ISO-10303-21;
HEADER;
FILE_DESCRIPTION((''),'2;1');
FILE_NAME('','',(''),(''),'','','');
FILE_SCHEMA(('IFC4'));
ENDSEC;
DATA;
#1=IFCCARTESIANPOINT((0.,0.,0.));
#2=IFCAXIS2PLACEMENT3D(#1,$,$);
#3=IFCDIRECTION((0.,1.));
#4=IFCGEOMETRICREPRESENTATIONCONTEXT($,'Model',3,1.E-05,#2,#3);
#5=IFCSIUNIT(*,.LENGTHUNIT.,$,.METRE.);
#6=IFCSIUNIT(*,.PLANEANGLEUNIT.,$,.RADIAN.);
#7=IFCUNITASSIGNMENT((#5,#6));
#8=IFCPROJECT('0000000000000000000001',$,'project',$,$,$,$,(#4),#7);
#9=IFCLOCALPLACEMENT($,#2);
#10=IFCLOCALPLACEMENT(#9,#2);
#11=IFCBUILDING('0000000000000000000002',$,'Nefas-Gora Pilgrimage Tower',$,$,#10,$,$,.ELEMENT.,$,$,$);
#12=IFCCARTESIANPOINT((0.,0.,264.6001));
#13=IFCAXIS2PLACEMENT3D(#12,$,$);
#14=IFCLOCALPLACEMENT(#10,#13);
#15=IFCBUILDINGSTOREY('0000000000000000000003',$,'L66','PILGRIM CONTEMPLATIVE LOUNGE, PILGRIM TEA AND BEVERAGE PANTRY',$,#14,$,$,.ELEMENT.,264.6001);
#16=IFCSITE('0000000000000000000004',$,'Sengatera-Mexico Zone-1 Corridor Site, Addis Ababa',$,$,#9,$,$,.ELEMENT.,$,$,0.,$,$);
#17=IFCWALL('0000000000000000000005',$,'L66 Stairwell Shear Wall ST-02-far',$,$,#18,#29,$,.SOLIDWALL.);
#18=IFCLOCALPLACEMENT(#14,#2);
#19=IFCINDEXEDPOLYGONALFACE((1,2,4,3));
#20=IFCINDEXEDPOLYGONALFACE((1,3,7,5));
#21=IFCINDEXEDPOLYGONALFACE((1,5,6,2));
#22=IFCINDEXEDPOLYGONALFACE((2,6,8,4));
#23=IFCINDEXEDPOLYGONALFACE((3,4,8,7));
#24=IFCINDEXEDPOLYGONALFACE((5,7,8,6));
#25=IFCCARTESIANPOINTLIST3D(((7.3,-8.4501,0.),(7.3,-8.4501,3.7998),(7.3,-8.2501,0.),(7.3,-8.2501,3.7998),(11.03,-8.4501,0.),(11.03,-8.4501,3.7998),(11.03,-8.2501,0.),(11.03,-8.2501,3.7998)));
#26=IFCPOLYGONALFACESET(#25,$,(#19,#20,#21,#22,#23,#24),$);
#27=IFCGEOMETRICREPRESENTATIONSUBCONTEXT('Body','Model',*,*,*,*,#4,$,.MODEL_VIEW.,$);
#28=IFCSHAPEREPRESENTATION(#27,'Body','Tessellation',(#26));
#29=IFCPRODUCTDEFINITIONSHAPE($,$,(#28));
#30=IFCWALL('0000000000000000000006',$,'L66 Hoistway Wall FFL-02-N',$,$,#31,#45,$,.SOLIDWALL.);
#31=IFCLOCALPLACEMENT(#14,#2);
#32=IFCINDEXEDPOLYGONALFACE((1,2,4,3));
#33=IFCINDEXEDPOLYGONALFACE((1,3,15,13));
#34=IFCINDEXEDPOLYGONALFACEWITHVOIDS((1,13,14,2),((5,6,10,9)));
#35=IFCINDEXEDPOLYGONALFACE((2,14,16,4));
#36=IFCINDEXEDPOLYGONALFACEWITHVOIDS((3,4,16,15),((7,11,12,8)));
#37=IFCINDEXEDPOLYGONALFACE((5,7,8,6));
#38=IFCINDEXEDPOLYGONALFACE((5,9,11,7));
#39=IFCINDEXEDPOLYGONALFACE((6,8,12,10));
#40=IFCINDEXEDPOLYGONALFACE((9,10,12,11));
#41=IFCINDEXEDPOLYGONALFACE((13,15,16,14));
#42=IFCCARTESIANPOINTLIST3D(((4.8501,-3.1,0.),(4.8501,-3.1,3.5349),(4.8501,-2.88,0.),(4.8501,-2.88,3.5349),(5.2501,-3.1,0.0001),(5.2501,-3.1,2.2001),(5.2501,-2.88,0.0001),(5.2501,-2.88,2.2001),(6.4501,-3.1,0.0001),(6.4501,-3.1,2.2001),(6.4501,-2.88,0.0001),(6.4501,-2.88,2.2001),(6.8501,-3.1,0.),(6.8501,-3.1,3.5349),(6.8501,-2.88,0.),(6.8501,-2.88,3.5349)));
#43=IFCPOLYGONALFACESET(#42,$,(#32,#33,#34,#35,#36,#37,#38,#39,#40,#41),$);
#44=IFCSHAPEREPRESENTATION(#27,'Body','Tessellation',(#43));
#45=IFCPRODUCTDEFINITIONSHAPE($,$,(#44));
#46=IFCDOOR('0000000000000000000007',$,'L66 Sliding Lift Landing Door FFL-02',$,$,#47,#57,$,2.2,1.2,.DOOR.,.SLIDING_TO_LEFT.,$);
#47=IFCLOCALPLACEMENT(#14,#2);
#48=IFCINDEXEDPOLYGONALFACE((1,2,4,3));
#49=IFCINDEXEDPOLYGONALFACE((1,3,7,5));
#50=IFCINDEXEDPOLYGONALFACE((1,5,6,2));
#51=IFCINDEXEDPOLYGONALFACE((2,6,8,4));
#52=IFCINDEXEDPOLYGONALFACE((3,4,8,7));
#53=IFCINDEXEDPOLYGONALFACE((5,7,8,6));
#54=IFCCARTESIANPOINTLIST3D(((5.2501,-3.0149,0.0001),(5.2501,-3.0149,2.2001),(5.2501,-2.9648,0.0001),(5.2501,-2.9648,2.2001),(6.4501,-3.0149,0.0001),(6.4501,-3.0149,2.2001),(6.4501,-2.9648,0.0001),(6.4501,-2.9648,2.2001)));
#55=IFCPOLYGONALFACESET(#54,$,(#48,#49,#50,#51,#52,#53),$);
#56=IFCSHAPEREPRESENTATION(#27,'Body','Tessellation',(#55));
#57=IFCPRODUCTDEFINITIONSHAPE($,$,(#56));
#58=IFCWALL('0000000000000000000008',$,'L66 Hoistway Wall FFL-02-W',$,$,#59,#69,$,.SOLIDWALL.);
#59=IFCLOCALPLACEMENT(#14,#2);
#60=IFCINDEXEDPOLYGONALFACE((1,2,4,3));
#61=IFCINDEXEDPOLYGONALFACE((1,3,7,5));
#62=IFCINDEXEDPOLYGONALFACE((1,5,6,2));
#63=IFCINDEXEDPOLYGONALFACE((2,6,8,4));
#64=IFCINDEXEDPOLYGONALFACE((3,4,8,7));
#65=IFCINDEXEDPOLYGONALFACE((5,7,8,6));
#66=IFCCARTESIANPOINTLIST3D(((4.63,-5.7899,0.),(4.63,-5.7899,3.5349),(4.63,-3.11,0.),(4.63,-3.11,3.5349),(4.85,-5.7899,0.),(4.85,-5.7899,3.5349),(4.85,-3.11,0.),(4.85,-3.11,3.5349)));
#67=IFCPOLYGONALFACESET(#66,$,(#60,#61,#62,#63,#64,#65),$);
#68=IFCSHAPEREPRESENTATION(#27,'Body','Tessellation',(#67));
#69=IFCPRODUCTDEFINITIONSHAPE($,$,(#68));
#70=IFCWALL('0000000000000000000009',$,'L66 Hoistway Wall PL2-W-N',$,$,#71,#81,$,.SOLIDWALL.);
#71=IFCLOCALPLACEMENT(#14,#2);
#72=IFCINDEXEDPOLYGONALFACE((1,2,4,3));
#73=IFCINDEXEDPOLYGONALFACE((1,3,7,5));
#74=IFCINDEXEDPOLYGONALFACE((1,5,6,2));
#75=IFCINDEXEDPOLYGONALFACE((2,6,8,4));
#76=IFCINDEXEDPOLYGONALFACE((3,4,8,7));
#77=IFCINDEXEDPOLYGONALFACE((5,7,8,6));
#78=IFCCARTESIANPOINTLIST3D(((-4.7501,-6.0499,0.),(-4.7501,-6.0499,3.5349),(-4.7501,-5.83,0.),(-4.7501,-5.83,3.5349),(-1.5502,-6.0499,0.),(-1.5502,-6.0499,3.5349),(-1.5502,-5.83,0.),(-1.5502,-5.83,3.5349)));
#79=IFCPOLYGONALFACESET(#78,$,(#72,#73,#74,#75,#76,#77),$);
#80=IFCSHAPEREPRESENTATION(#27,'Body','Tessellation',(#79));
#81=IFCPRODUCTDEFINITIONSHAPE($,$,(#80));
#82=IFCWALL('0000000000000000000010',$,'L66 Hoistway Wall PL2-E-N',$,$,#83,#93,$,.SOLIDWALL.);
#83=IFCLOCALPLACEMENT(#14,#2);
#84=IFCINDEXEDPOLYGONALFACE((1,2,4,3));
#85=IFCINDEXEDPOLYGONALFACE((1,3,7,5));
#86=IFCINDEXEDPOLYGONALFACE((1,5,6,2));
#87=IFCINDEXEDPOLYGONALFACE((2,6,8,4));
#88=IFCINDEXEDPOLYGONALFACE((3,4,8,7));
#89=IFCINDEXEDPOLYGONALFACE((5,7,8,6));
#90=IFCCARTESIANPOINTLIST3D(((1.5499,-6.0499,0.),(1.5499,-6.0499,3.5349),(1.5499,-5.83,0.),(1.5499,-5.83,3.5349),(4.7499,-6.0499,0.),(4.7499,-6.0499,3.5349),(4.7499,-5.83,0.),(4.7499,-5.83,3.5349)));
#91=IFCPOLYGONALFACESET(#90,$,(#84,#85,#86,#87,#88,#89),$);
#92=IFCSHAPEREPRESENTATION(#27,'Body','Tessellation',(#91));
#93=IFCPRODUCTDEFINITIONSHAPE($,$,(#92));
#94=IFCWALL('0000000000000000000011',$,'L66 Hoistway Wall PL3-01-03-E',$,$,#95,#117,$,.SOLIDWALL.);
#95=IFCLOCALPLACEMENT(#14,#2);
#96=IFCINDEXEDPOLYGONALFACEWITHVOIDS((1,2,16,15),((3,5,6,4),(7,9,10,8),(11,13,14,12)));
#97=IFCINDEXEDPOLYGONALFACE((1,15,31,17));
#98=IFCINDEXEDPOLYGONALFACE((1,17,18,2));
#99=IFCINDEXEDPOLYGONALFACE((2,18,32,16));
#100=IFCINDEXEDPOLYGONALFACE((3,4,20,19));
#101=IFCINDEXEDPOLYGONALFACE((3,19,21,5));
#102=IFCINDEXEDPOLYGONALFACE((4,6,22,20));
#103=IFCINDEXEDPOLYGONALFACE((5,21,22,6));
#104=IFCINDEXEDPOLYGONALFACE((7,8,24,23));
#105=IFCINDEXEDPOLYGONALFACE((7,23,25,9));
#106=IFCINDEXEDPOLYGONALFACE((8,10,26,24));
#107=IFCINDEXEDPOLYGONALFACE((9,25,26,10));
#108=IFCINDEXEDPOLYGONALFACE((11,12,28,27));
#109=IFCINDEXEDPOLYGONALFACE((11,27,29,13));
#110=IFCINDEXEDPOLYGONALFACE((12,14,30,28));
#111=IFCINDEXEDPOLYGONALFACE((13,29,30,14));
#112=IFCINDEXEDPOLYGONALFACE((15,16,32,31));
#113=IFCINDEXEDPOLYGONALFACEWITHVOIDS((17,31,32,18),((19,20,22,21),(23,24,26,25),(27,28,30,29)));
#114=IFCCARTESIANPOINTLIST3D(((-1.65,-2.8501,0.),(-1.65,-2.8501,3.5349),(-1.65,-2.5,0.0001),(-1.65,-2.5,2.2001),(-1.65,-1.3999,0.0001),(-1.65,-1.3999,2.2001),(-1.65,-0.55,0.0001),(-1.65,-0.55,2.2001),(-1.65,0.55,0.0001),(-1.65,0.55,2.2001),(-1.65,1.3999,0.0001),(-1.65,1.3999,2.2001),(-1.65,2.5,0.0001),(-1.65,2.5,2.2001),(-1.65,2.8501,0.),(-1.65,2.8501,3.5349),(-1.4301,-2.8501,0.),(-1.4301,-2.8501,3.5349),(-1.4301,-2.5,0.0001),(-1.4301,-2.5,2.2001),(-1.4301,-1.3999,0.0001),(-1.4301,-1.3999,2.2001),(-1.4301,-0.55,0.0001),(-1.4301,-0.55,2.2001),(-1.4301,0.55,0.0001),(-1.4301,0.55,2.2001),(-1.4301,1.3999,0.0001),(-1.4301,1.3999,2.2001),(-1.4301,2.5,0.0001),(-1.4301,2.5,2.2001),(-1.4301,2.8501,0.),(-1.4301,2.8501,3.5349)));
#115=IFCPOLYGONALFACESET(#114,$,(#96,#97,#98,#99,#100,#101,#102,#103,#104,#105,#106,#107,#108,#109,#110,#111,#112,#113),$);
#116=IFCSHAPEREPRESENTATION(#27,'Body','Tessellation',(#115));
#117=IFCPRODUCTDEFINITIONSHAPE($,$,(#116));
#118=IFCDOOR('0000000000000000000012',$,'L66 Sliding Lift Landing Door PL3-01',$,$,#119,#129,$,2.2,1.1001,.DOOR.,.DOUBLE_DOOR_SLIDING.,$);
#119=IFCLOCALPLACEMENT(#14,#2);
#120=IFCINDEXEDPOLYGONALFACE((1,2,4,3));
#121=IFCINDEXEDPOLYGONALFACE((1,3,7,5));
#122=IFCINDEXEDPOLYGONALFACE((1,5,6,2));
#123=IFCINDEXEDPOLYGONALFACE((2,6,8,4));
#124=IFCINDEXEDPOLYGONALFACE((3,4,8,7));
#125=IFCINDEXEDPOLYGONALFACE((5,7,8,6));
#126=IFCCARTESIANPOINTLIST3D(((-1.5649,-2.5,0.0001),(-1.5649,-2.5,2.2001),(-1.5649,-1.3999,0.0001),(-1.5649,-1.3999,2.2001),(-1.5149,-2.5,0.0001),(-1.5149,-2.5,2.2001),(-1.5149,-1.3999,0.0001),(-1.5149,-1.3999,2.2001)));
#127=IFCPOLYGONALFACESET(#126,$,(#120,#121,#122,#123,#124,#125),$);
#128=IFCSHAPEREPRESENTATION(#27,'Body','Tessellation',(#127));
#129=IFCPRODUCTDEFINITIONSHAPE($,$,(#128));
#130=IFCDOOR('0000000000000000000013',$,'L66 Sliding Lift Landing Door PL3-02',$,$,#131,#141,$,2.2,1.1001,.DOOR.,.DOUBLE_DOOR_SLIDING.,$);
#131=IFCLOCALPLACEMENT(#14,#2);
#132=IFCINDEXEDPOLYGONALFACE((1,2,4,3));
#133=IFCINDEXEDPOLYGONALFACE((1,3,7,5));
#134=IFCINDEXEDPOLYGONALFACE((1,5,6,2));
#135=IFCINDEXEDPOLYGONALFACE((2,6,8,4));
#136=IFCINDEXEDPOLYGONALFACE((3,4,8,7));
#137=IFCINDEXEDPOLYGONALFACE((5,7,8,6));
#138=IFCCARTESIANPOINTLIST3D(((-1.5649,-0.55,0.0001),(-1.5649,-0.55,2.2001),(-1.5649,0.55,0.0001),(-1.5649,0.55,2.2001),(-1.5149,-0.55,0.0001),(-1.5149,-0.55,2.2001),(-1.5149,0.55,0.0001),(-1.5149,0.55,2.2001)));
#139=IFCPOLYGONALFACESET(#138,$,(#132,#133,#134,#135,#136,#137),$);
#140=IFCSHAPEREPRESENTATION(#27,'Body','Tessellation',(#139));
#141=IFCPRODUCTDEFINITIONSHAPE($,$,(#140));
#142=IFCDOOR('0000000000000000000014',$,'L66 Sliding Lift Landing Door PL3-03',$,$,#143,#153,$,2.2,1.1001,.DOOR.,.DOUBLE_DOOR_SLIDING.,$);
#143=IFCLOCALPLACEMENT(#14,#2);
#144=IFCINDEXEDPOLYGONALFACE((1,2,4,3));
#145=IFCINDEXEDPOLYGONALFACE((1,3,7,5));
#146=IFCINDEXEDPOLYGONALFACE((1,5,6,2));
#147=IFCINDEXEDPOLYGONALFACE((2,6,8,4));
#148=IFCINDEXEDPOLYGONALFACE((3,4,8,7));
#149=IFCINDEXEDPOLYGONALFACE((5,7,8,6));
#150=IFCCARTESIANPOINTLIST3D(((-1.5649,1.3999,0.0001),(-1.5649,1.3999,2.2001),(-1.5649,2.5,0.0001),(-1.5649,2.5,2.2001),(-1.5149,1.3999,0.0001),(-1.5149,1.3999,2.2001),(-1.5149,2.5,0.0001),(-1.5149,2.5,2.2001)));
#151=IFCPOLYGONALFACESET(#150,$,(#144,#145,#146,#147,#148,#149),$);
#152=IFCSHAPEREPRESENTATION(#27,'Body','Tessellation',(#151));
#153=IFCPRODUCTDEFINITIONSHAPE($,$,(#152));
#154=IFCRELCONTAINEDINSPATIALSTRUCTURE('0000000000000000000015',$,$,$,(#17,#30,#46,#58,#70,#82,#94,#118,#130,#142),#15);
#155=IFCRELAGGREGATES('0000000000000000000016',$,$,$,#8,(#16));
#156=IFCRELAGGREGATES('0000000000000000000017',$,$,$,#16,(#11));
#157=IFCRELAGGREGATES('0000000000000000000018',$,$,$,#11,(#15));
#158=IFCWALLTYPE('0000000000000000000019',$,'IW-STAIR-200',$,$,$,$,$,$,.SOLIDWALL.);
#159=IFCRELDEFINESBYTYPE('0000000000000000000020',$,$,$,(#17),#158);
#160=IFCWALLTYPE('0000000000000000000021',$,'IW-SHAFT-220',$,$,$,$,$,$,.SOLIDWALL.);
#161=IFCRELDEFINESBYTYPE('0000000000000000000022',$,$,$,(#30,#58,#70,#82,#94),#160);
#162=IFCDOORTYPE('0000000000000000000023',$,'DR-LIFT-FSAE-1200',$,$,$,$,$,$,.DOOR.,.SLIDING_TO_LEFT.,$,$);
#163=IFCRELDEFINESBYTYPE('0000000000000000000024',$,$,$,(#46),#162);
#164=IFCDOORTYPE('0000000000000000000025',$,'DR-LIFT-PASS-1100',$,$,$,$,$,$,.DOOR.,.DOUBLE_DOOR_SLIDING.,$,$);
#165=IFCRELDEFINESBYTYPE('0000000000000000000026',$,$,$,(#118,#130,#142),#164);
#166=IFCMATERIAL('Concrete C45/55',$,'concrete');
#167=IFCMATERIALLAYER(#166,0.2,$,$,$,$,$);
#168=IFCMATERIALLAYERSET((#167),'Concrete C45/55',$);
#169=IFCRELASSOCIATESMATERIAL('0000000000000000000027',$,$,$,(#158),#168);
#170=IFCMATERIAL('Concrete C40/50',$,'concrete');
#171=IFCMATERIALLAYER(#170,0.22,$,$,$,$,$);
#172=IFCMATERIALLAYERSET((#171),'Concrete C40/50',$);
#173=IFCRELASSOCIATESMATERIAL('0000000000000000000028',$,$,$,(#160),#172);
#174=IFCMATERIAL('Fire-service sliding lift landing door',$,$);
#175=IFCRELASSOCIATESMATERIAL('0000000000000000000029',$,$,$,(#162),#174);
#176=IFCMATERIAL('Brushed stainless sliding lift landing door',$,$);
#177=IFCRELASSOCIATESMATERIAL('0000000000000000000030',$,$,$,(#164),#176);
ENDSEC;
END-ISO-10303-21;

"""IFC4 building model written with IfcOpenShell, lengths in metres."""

from ifc_helpers import new_model, si_unit, direction, frame, frame_2d, origin, place, context, subcontext, project, spatial, rectangle, extrude, source, transform, mapped, material, layer, layer_set, type_object, element, fill, save


model = new_model("IFC4")

# Units and contexts
model_context = context("Model", 3, precision=1e-05, world=origin(), true_north=direction((0.0, 1.0)))
body_context = subcontext(model_context, "Body", "Model", "MODEL_VIEW")
ifc_project = project(units=[si_unit("LENGTHUNIT", "METRE"), si_unit("PLANEANGLEUNIT", "RADIAN")], contexts=[model_context])

# Site, building, storey
site_placement = place(None, origin())
site = spatial("IfcSite", under=ifc_project, at=site_placement, Name="Sengatera-Mexico Zone-1 Corridor Site, Addis Ababa", CompositionType="ELEMENT", RefElevation=0.0)
building_placement = place(site_placement, origin())
building = spatial("IfcBuilding", under=site, at=building_placement, Name="Nefas-Gora Pilgrimage Tower", CompositionType="ELEMENT")
storey_placement = place(building_placement, frame((0.0, 0.0, 264.6001)))
storey = spatial("IfcBuildingStorey", under=building, at=storey_placement, Name="L66", Description="PILGRIM CONTEMPLATIVE LOUNGE, PILGRIM TEA AND BEVERAGE PANTRY", CompositionType="ELEMENT", Elevation=264.6001)

# Shared definitions
ifc_material_1 = material(Name="Concrete C40/50", Category="concrete")
ifc_material_2 = material(Name="Concrete C45/55", Category="concrete")

# Shared definitions
ifc_layer_1 = layer(ifc_material_2, 0.2)
ifc_layer_set_1 = layer_set([ifc_layer_1], Name="Concrete C45/55")
wall_type_1 = type_object("IfcWallType", Name="IW-STAIR-200", PredefinedType="SOLIDWALL", material=ifc_layer_set_1)

# Wall
shared_shape_1 = source(origin(), body_context, "Body", "SweptSolid", [
    extrude(rectangle(XDim=3.73, YDim=0.2, at=frame_2d((1.865, 0.0))), origin(), (0.0, 0.0, 1.0), 3.7998),
])
wall_1_placement = place(storey_placement, frame((7.3, -8.3501, 0.0), z_axis=(0.0, 0.0, 1.0), x_axis=(1.0, 0.0, 0.0)))
element("IfcWall", 1, at=wall_1_placement, inside=storey, type_object=wall_type_1, Name="L66 Stairwell Shear Wall ST-02-far", PredefinedType="SOLIDWALL", context=body_context, shape_type="MappedRepresentation", body=[
    mapped(shared_shape_1, transform((0.0, 0.0, 0.0), x_axis=(1.0, 0.0, 0.0), y_axis=(0.0, 1.0, 0.0), z_axis=(0.0, 0.0, 1.0), scale=1.0)),
])

# Wall, opening, door
ifc_layer_2 = layer(ifc_material_1, 0.22)
ifc_layer_set_2 = layer_set([ifc_layer_2], Name="Concrete C40/50")
wall_type_2 = type_object("IfcWallType", Name="IW-SHAFT-220", PredefinedType="SOLIDWALL", material=ifc_layer_set_2)
shared_shape_2 = source(origin(), body_context, "Body", "SweptSolid", [
    extrude(rectangle(XDim=2.0, YDim=0.22, at=frame_2d((1.0, 0.0))), origin(), (0.0, 0.0, 1.0), 3.5349),
])
wall_2_placement = place(storey_placement, frame((6.8501, -2.99, 0.0), z_axis=(0.0, 0.0, 1.0), x_axis=(-1.0, 0.0, 0.0)))
wall_2 = element("IfcWall", 2, at=wall_2_placement, inside=storey, type_object=wall_type_2, Name="L66 Hoistway Wall FFL-02-N", PredefinedType="SOLIDWALL", context=body_context, shape_type="MappedRepresentation", body=[
    mapped(shared_shape_2, transform((0.0, 0.0, 0.0), x_axis=(1.0, 0.0, 0.0), y_axis=(0.0, 1.0, 0.0), z_axis=(0.0, 0.0, 1.0), scale=1.0)),
])
opening_1_placement = place(wall_2_placement, frame((0.3999, 0.0, 0.0)))
opening_1 = element("IfcOpeningElement", 3, at=opening_1_placement, cuts=wall_2, PredefinedType="OPENING", context=body_context, shape_type="SweptSolid", body=[
    extrude(rectangle(XDim=1.2, YDim=2.2, at=frame_2d((0.6001, 1.1001))), frame((0.0, 0.1199, 0.0), z_axis=(0.0, -1.0, 0.0), x_axis=(1.0, 0.0, 0.0)), (0.0, 0.0, 1.0), 0.24),
])
ifc_material_3 = material(Name="Fire-service sliding lift landing door")
door_type_1 = type_object("IfcDoorType", Name="DR-LIFT-FSAE-1200", OperationType="SLIDING_TO_LEFT", PredefinedType="DOOR", material=ifc_material_3)
shared_shape_3 = source(origin(), body_context, "Body", "SweptSolid", [
    extrude(rectangle(XDim=1.2, YDim=2.2, at=frame_2d((0.6001, 1.1001))), frame((0.0, 0.0249, 0.0), z_axis=(0.0, -1.0, 0.0), x_axis=(1.0, 0.0, 0.0)), (0.0, 0.0, 1.0), 0.05),
])
door_1_placement = place(opening_1_placement, origin())
door_1 = element("IfcDoor", 4, at=door_1_placement, inside=storey, type_object=door_type_1, Name="L66 Sliding Lift Landing Door FFL-02", OperationType="SLIDING_TO_LEFT", OverallHeight=2.2, OverallWidth=1.2, PredefinedType="DOOR", context=body_context, shape_type="MappedRepresentation", body=[
    mapped(shared_shape_3, transform((0.0, 0.0, 0.0), x_axis=(1.0, 0.0, 0.0), y_axis=(0.0, 1.0, 0.0), z_axis=(0.0, 0.0, 1.0), scale=1.0)),
])
fill(opening_1, door_1)

# Walls
shared_shape_4 = source(origin(), body_context, "Body", "SweptSolid", [
    extrude(rectangle(XDim=2.6799, YDim=0.22, at=frame_2d((1.3398, 0.0))), origin(), (0.0, 0.0, 1.0), 3.5349),
])
wall_3_placement = place(storey_placement, frame((4.74, -3.1101, 0.0), z_axis=(0.0, 0.0, 1.0), x_axis=(0.0, -1.0, 0.0)))
element("IfcWall", 5, at=wall_3_placement, inside=storey, type_object=wall_type_2, Name="L66 Hoistway Wall FFL-02-W", PredefinedType="SOLIDWALL", context=body_context, shape_type="MappedRepresentation", body=[
    mapped(shared_shape_4, transform((0.0, 0.0, 0.0), x_axis=(1.0, 0.0, 0.0), y_axis=(0.0, 1.0, 0.0), z_axis=(0.0, 0.0, 1.0), scale=1.0)),
])
shared_shape_5 = source(origin(), body_context, "Body", "SweptSolid", [
    extrude(rectangle(XDim=3.2, YDim=0.22, at=frame_2d((1.6001, 0.0))), origin(), (0.0, 0.0, 1.0), 3.5349),
])
for number, where, z_axis, x_axis, name in (
    (6, (-1.55, -5.9399, 0.0), (0.0, 0.0, 1.0), (-1.0, 0.0, 0.0), "L66 Hoistway Wall PL2-W-N"),
    (7, (4.75, -5.9399, 0.0), (0.0, 0.0, 1.0), (-1.0, 0.0, 0.0), "L66 Hoistway Wall PL2-E-N"),
):
    element("IfcWall", number, at=place(storey_placement, frame(where, z_axis=z_axis, x_axis=x_axis)), inside=storey, type_object=wall_type_2, Name=name, PredefinedType="SOLIDWALL", context=body_context, shape_type="MappedRepresentation", body=[
        mapped(shared_shape_5, transform((0.0, 0.0, 0.0), x_axis=(1.0, 0.0, 0.0), y_axis=(0.0, 1.0, 0.0), z_axis=(0.0, 0.0, 1.0), scale=1.0)),
    ])

# Wall, openings, doors
shared_shape_6 = source(origin(), body_context, "Body", "SweptSolid", [
    extrude(rectangle(XDim=5.7002, YDim=0.22, at=frame_2d((2.8501, 0.0))), origin(), (0.0, 0.0, 1.0), 3.5349),
])
wall_4_placement = place(storey_placement, frame((-1.54, -2.8501, 0.0), z_axis=(0.0, 0.0, 1.0), x_axis=(0.0, 1.0, 0.0)))
wall_4 = element("IfcWall", 8, at=wall_4_placement, inside=storey, type_object=wall_type_2, Name="L66 Hoistway Wall PL3-01-03-E", PredefinedType="SOLIDWALL", context=body_context, shape_type="MappedRepresentation", body=[
    mapped(shared_shape_6, transform((0.0, 0.0, 0.0), x_axis=(1.0, 0.0, 0.0), y_axis=(0.0, 1.0, 0.0), z_axis=(0.0, 0.0, 1.0), scale=1.0)),
])
opening_2_placement = place(wall_4_placement, frame((0.3501, 0.0, 0.0)))
opening_2 = element("IfcOpeningElement", 9, at=opening_2_placement, cuts=wall_4, PredefinedType="OPENING", context=body_context, shape_type="SweptSolid", body=[
    extrude(rectangle(XDim=1.1001, YDim=2.2, at=frame_2d((0.55, 1.1001))), frame((0.0, 0.1199, 0.0), z_axis=(0.0, -1.0, 0.0), x_axis=(1.0, 0.0, 0.0)), (0.0, 0.0, 1.0), 0.24),
])
opening_3_placement = place(wall_4_placement, frame((2.3, 0.0, 0.0)))
opening_3 = element("IfcOpeningElement", 10, at=opening_3_placement, cuts=wall_4, PredefinedType="OPENING", context=body_context, shape_type="SweptSolid", body=[
    extrude(rectangle(XDim=1.1001, YDim=2.2, at=frame_2d((0.55, 1.1001))), frame((0.0, 0.1199, 0.0), z_axis=(0.0, -1.0, 0.0), x_axis=(1.0, 0.0, 0.0)), (0.0, 0.0, 1.0), 0.24),
])
opening_4_placement = place(wall_4_placement, frame((4.25, 0.0, 0.0)))
opening_4 = element("IfcOpeningElement", 11, at=opening_4_placement, cuts=wall_4, PredefinedType="OPENING", context=body_context, shape_type="SweptSolid", body=[
    extrude(rectangle(XDim=1.1001, YDim=2.2, at=frame_2d((0.55, 1.1001))), frame((0.0, 0.1199, 0.0), z_axis=(0.0, -1.0, 0.0), x_axis=(1.0, 0.0, 0.0)), (0.0, 0.0, 1.0), 0.24),
])
ifc_material_4 = material(Name="Brushed stainless sliding lift landing door")
door_type_2 = type_object("IfcDoorType", Name="DR-LIFT-PASS-1100", OperationType="DOUBLE_DOOR_SLIDING", PredefinedType="DOOR", material=ifc_material_4)
shared_shape_7 = source(origin(), body_context, "Body", "SweptSolid", [
    extrude(rectangle(XDim=1.1001, YDim=2.2, at=frame_2d((0.55, 1.1001))), frame((0.0, 0.0249, 0.0), z_axis=(0.0, -1.0, 0.0), x_axis=(1.0, 0.0, 0.0)), (0.0, 0.0, 1.0), 0.05),
])
door_2_placement = place(opening_2_placement, origin())
door_2 = element("IfcDoor", 12, at=door_2_placement, inside=storey, type_object=door_type_2, Name="L66 Sliding Lift Landing Door PL3-01", OperationType="DOUBLE_DOOR_SLIDING", OverallHeight=2.2, OverallWidth=1.1001, PredefinedType="DOOR", context=body_context, shape_type="MappedRepresentation", body=[
    mapped(shared_shape_7, transform((0.0, 0.0, 0.0), x_axis=(1.0, 0.0, 0.0), y_axis=(0.0, 1.0, 0.0), z_axis=(0.0, 0.0, 1.0), scale=1.0)),
])
fill(opening_2, door_2)
door_3_placement = place(opening_3_placement, origin())
door_3 = element("IfcDoor", 13, at=door_3_placement, inside=storey, type_object=door_type_2, Name="L66 Sliding Lift Landing Door PL3-02", OperationType="DOUBLE_DOOR_SLIDING", OverallHeight=2.2, OverallWidth=1.1001, PredefinedType="DOOR", context=body_context, shape_type="MappedRepresentation", body=[
    mapped(shared_shape_7, transform((0.0, 0.0, 0.0), x_axis=(1.0, 0.0, 0.0), y_axis=(0.0, 1.0, 0.0), z_axis=(0.0, 0.0, 1.0), scale=1.0)),
])
fill(opening_3, door_3)
door_4_placement = place(opening_4_placement, origin())
door_4 = element("IfcDoor", 14, at=door_4_placement, inside=storey, type_object=door_type_2, Name="L66 Sliding Lift Landing Door PL3-03", OperationType="DOUBLE_DOOR_SLIDING", OverallHeight=2.2, OverallWidth=1.1001, PredefinedType="DOOR", context=body_context, shape_type="MappedRepresentation", body=[
    mapped(shared_shape_7, transform((0.0, 0.0, 0.0), x_axis=(1.0, 0.0, 0.0), y_axis=(0.0, 1.0, 0.0), z_axis=(0.0, 0.0, 1.0), scale=1.0)),
])
fill(opening_4, door_4)

save(model, "model.ifc")
